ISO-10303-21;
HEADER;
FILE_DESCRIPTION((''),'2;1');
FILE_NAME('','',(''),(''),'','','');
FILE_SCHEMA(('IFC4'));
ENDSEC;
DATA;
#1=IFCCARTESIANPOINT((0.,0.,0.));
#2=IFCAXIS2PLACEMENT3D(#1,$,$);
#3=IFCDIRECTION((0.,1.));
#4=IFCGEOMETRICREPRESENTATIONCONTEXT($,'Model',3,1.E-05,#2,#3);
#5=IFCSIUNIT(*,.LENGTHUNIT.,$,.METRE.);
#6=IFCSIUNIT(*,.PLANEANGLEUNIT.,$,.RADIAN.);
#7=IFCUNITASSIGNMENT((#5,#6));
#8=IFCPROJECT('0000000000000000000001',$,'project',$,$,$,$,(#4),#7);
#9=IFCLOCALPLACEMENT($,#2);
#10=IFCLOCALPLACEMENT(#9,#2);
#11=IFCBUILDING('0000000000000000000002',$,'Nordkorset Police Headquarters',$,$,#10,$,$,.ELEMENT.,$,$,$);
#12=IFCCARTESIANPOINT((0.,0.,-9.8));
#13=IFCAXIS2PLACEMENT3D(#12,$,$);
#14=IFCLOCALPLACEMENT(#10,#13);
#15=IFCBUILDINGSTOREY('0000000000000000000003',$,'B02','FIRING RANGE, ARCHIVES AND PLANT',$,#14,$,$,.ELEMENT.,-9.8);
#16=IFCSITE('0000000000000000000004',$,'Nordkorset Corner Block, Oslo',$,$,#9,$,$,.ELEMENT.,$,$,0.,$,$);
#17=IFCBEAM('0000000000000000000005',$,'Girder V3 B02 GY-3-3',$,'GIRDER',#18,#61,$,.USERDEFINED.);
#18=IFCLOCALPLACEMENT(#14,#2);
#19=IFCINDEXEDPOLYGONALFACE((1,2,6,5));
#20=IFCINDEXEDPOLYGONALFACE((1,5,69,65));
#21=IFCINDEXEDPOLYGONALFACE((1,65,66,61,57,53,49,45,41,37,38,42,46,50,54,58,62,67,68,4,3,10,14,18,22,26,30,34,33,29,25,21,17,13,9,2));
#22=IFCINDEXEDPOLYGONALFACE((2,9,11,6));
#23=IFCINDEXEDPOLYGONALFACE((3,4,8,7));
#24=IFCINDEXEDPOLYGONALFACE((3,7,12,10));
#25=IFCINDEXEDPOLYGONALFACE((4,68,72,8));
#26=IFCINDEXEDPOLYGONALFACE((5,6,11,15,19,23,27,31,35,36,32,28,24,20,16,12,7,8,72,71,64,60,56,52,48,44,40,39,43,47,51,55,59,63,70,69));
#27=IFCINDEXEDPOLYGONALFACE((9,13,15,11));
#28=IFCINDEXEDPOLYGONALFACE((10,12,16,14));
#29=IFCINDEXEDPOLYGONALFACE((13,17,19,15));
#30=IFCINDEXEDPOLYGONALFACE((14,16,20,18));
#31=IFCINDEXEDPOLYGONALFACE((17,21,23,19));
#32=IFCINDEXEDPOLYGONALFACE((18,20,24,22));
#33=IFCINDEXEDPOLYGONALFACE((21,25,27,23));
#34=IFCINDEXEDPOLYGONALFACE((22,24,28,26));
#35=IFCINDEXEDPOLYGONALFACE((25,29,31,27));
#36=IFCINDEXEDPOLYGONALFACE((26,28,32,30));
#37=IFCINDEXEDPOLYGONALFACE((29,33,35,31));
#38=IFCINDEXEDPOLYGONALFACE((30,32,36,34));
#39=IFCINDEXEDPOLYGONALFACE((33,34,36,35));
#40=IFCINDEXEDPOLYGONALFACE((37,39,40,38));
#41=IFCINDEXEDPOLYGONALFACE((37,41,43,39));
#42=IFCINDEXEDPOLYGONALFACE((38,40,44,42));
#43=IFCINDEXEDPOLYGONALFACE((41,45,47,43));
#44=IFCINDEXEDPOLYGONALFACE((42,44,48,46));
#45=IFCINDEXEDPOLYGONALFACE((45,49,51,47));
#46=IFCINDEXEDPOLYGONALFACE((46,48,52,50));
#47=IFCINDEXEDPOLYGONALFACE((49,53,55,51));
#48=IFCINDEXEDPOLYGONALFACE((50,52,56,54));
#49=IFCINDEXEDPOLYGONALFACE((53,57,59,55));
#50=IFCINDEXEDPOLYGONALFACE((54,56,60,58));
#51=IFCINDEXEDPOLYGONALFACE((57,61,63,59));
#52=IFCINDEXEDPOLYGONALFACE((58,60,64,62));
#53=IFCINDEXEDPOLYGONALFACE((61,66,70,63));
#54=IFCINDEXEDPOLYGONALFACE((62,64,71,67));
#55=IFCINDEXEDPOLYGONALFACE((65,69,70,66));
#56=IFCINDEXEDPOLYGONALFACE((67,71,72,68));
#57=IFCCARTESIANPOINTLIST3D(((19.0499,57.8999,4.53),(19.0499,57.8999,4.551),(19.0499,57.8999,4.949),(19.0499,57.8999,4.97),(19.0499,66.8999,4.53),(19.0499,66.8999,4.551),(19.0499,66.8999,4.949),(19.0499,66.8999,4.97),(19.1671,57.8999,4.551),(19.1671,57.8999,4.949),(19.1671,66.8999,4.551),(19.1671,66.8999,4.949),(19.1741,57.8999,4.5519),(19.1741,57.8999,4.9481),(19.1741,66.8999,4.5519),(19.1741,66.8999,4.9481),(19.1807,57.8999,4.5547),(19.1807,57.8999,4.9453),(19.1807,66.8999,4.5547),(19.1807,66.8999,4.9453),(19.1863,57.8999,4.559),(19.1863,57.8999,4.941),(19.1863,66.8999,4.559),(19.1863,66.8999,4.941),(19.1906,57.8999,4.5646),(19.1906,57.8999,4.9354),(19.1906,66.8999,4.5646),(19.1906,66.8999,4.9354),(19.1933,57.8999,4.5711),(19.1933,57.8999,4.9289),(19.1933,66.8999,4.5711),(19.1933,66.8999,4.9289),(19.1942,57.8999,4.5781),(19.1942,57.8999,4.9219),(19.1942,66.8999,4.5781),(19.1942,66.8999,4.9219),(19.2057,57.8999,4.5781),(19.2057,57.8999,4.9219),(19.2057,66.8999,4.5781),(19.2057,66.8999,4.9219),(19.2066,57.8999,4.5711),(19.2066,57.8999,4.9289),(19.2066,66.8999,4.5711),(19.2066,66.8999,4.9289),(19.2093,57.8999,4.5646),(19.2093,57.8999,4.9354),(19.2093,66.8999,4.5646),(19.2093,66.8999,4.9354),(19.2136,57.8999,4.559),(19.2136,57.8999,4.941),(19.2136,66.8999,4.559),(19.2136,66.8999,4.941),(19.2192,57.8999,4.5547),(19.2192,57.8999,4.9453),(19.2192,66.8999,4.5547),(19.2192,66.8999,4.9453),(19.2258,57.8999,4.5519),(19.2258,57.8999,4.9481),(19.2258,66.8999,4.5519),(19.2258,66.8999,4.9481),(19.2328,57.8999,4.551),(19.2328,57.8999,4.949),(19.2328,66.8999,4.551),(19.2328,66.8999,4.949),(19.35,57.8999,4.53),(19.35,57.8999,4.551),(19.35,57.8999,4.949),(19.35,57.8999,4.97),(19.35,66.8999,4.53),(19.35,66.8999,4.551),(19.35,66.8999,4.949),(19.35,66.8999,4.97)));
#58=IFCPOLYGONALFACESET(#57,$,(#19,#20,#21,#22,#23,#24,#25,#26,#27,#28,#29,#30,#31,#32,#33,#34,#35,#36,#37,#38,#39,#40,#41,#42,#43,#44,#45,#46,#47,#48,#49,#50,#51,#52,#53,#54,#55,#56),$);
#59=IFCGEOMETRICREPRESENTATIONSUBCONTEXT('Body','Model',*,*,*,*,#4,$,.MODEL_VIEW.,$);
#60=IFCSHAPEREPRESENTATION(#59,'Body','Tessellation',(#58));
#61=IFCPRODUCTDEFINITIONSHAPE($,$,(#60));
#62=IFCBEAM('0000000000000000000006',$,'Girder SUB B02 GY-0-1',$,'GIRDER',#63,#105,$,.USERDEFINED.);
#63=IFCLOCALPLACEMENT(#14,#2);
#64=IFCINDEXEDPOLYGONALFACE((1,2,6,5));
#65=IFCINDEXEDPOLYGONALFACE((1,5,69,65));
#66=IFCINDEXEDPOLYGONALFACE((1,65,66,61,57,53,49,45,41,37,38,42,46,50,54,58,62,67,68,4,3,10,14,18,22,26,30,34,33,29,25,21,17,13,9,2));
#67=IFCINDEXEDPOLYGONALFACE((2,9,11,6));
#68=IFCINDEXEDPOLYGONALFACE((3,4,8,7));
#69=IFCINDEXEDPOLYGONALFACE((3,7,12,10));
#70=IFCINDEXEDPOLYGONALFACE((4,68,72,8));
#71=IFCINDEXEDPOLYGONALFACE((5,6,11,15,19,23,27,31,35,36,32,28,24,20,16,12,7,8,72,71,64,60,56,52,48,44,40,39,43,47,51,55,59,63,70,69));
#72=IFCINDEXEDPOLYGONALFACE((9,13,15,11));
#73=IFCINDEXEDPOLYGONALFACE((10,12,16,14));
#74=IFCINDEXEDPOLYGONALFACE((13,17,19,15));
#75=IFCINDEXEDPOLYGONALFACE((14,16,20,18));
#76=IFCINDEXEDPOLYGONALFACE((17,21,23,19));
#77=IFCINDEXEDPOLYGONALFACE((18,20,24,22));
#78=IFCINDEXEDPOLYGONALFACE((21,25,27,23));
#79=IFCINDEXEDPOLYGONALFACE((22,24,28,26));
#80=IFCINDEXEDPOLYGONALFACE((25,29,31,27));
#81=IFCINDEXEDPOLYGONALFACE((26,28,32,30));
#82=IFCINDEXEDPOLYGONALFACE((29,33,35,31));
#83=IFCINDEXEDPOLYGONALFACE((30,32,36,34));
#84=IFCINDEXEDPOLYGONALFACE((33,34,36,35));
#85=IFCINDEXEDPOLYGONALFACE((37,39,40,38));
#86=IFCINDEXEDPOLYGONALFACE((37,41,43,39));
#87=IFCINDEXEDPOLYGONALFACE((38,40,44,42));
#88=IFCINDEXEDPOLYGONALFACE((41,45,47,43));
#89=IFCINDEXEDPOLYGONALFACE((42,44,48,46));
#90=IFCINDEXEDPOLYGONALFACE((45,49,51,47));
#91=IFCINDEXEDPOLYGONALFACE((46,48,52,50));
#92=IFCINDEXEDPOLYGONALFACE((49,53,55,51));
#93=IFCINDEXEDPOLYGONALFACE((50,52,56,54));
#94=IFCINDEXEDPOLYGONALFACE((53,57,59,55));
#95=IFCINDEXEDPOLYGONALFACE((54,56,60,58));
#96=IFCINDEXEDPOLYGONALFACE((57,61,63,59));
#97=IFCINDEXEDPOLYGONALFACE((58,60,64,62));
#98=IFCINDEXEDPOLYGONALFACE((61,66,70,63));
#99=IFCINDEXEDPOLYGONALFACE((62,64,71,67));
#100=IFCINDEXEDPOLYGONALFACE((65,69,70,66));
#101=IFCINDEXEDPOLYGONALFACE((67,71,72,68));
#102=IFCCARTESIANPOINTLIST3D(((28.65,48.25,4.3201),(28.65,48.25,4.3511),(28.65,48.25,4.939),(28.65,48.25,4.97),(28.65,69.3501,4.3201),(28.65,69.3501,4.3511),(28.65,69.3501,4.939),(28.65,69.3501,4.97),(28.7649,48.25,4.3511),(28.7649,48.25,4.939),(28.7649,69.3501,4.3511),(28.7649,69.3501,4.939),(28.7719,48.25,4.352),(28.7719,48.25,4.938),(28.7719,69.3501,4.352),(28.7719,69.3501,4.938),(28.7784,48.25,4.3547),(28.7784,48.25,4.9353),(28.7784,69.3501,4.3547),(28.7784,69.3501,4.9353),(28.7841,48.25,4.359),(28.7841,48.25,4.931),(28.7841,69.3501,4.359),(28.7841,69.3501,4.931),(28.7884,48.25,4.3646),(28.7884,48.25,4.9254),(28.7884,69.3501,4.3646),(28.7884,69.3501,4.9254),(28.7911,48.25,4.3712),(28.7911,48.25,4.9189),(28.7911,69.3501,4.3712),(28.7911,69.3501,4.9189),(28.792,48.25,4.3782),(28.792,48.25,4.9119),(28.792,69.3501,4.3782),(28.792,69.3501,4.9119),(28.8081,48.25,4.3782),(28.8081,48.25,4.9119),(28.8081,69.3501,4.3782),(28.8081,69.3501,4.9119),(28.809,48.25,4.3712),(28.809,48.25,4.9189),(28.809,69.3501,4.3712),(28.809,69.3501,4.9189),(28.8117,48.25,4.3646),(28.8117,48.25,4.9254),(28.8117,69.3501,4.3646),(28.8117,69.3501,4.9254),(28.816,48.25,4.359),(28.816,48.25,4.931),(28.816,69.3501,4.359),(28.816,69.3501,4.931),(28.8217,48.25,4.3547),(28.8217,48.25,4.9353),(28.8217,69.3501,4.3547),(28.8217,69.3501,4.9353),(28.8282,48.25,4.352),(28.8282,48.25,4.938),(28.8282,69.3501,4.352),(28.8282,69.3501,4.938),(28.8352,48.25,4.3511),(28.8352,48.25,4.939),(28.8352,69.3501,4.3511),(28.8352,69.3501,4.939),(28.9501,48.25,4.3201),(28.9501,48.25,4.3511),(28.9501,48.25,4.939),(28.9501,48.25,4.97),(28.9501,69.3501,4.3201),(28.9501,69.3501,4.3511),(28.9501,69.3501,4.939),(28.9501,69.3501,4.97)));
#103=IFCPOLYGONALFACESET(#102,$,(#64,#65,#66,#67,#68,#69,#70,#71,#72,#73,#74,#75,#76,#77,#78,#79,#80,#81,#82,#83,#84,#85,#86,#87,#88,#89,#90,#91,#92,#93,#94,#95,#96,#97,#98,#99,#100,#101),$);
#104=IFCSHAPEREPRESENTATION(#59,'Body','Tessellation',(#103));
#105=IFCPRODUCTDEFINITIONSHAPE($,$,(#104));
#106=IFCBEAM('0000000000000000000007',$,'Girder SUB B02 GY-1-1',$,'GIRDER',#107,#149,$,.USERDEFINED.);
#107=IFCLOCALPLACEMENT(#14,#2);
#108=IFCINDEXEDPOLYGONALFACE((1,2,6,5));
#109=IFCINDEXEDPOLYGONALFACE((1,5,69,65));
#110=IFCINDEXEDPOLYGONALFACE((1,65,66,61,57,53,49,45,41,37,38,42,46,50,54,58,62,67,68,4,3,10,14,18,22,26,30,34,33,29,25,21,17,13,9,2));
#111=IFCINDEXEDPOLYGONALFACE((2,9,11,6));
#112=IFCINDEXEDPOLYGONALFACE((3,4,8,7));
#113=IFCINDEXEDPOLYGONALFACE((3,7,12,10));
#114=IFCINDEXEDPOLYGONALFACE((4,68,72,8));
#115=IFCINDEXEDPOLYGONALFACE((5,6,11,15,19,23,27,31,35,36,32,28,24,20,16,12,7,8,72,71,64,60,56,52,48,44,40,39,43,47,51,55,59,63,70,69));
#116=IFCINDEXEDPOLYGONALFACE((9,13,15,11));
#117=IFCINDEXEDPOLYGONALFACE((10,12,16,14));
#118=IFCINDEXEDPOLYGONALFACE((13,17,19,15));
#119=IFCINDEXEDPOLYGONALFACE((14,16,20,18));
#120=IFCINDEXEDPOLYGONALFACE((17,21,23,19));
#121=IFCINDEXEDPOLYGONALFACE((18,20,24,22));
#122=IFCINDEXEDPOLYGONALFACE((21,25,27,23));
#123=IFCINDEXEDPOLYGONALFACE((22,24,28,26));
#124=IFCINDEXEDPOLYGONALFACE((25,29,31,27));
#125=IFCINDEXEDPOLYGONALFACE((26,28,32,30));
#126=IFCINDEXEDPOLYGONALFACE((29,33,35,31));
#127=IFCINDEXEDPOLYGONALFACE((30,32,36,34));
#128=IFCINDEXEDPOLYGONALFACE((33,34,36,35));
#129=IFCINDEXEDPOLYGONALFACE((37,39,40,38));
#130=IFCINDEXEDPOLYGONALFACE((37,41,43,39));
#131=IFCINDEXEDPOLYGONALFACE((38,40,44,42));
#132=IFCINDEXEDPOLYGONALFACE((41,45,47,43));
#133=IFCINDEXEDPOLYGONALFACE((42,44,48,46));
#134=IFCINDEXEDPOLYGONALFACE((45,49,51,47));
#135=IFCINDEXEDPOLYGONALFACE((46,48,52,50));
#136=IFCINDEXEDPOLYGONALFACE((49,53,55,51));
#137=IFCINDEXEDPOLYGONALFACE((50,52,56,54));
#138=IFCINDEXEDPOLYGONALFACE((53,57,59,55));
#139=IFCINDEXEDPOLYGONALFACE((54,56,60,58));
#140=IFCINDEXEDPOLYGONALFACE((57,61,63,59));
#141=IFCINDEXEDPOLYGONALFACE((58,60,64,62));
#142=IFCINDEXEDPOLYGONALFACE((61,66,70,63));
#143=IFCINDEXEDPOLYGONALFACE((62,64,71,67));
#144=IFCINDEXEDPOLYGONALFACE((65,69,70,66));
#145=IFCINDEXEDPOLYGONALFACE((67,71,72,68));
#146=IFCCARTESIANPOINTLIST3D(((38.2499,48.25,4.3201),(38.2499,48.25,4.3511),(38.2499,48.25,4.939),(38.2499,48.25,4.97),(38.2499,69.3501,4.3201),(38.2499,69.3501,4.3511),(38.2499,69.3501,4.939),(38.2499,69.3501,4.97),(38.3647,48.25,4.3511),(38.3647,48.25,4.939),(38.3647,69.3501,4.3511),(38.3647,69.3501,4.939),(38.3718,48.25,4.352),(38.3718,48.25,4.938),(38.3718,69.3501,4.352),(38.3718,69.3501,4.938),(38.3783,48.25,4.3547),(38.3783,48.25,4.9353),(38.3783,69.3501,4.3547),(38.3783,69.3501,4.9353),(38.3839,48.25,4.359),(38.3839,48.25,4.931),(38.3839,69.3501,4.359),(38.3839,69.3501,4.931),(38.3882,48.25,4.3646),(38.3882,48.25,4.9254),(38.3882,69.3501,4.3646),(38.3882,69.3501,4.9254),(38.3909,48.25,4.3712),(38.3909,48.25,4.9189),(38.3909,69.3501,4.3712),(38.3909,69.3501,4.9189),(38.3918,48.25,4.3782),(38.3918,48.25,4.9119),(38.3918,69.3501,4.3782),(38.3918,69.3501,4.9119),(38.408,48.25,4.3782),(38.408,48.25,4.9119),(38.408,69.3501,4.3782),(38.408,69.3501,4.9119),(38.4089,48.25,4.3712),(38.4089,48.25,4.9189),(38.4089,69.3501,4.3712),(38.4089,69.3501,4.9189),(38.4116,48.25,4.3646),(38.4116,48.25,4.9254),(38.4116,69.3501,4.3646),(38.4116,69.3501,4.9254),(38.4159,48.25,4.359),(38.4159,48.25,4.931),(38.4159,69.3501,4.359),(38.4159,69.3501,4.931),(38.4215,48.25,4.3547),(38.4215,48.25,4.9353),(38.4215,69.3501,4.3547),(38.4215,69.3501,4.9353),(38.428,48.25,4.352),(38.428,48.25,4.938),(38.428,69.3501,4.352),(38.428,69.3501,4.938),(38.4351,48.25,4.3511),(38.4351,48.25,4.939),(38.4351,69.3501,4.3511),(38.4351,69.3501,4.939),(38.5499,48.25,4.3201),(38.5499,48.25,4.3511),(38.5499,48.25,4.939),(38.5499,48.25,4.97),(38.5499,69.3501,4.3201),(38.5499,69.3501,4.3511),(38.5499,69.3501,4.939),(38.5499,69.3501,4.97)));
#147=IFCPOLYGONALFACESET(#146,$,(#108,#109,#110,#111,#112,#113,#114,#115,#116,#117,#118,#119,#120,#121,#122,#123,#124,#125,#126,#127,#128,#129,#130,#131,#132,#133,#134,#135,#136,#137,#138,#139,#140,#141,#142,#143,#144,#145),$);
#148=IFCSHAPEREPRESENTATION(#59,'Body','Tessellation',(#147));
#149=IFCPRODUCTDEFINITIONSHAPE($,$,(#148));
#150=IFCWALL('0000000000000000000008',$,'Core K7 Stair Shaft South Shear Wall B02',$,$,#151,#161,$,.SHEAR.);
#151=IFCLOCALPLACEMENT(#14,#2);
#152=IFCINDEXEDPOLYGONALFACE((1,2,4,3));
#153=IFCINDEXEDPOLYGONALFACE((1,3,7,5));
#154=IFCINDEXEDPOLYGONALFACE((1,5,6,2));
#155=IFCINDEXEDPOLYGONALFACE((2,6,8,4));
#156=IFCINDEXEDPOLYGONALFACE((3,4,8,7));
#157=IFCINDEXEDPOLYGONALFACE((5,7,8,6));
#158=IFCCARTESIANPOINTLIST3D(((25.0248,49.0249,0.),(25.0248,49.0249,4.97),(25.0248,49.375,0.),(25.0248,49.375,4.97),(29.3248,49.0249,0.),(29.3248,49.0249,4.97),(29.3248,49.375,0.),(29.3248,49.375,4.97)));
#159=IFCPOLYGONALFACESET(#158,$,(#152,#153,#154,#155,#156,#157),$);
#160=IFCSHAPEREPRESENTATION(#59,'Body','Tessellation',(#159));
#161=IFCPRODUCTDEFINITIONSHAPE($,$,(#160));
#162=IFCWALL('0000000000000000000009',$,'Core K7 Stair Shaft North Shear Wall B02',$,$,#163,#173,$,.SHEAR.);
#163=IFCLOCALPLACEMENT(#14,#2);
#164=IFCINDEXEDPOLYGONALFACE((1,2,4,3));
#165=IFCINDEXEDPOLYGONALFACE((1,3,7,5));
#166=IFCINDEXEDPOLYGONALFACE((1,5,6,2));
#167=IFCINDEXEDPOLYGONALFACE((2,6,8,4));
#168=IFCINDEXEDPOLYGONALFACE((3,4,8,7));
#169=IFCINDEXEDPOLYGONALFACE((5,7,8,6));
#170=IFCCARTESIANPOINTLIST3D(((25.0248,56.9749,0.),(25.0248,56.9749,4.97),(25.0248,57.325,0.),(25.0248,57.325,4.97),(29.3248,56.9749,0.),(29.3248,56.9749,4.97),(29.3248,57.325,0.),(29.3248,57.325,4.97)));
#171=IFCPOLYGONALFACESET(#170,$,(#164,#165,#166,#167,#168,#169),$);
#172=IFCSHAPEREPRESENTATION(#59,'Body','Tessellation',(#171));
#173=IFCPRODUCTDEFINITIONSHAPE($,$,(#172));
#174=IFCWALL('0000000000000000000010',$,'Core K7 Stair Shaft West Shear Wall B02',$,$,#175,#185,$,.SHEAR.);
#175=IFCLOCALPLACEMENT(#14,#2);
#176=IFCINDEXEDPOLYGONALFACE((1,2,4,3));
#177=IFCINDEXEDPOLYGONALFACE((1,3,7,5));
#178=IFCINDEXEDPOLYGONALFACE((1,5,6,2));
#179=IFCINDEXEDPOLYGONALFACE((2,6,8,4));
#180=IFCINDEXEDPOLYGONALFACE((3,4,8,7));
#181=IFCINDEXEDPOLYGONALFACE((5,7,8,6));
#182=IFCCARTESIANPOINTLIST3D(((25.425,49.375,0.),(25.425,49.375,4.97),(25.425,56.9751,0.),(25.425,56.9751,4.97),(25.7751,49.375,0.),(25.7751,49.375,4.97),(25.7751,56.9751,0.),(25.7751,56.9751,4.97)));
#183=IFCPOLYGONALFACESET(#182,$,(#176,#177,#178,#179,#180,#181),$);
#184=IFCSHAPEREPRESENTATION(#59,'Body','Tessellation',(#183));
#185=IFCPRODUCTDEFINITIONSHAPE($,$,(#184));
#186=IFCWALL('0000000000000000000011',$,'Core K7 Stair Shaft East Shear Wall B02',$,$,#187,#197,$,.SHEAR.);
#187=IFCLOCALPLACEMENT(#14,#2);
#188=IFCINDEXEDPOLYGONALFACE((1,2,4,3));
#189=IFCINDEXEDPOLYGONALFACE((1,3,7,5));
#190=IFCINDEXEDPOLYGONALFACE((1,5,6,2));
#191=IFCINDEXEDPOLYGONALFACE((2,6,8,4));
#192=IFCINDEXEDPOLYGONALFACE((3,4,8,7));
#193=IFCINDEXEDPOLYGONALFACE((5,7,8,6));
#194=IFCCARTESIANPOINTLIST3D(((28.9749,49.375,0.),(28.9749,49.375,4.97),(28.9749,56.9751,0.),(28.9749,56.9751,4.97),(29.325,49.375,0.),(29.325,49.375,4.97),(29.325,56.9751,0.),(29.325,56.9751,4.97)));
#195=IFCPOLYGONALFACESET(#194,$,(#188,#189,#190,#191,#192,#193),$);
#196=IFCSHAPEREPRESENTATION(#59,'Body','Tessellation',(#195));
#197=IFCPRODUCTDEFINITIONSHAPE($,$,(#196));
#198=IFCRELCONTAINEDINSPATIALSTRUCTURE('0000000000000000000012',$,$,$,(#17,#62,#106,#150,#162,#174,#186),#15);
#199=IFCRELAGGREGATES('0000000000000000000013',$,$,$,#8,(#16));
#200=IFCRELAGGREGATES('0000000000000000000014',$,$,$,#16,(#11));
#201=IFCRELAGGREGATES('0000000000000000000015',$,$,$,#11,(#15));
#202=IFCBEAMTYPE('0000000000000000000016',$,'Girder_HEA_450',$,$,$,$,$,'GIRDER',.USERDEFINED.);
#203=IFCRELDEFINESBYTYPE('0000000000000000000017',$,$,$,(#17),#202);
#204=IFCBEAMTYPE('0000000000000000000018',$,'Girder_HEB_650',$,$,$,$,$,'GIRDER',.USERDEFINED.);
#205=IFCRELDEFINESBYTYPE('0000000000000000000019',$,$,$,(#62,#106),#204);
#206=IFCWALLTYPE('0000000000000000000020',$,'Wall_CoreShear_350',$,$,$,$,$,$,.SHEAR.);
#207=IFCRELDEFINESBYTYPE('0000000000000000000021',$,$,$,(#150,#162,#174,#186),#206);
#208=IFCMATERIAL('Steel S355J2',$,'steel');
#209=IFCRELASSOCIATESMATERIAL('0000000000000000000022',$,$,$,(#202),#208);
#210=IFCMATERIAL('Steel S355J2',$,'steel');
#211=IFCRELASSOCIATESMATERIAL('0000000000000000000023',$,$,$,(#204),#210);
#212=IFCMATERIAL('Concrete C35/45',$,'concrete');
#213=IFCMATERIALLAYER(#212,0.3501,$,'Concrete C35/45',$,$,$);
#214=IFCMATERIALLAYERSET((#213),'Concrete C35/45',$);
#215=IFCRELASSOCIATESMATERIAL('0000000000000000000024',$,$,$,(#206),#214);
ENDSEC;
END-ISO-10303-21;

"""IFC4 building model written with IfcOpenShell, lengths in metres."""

from ifc_helpers import new_model, si_unit, direction, frame, frame_2d, origin, origin_2d, place, context, subcontext, project, spatial, rectangle, i_section, extrude, material, layer, layer_set, material_profile, profile_set, type_object, element, save


model = new_model("IFC4")

# Units and contexts
model_context = context("Model", 3, precision=1e-05, world=origin(), true_north=direction((0.0, 1.0)))
body_context = subcontext(model_context, "Body", "Model", "MODEL_VIEW")
ifc_project = project(units=[si_unit("LENGTHUNIT", "METRE"), si_unit("PLANEANGLEUNIT", "RADIAN")], contexts=[model_context])

# Site, building, storey
site_placement = place(None, origin())
site = spatial("IfcSite", under=ifc_project, at=site_placement, Name="Nordkorset Corner Block, Oslo", CompositionType="ELEMENT", RefElevation=0.0)
building_placement = place(site_placement, origin())
building = spatial("IfcBuilding", under=site, at=building_placement, Name="Nordkorset Police Headquarters", CompositionType="ELEMENT")
storey_placement = place(building_placement, frame((0.0, 0.0, -9.8)))
storey = spatial("IfcBuildingStorey", under=building, at=storey_placement, Name="B02", Description="FIRING RANGE, ARCHIVES AND PLANT", CompositionType="ELEMENT", Elevation=-9.8)

# Beams
ifc_material_1 = material(Name="Steel S355J2", Category="steel")
ifc_material_profile_1 = material_profile(ifc_material_1, i_section(OverallWidth=0.3, OverallDepth=0.4399, WebThickness=0.0115, FlangeThickness=0.021, FilletRadius=0.0271, at=origin_2d()), Name="HEA 450")
ifc_profile_set_1 = profile_set([ifc_material_profile_1], Name="Steel S355J2")
beam_type_1 = type_object("IfcBeamType", Name="Girder_HEA_450", ElementType="GIRDER", PredefinedType="USERDEFINED", material=ifc_profile_set_1)
for number, where, z_axis, x_axis, name in (
    (1, (19.2, 57.8999, 4.75), (0.0, 1.0, 0.0), (-1.0, 0.0, 0.0), "Girder V3 B02 GY-3-3"),
):
    element("IfcBeam", number, at=place(storey_placement, frame(where, z_axis=z_axis, x_axis=x_axis)), inside=storey, type_object=beam_type_1, Name=name, ObjectType="GIRDER", PredefinedType="USERDEFINED", context=body_context, shape_type="SweptSolid", body=[
        extrude(i_section(OverallWidth=0.3, OverallDepth=0.4399, WebThickness=0.0115, FlangeThickness=0.021, FilletRadius=0.0271, at=origin_2d()), origin(), (0.0, 0.0, 1.0), 9.0),
    ])
ifc_material_2 = material(Name="Steel S355J2", Category="steel")
ifc_material_profile_2 = material_profile(ifc_material_2, i_section(OverallWidth=0.3, OverallDepth=0.6499, WebThickness=0.0161, FlangeThickness=0.031, FilletRadius=0.0271, at=origin_2d()), Name="HEB 650")
ifc_profile_set_2 = profile_set([ifc_material_profile_2], Name="Steel S355J2")
beam_type_2 = type_object("IfcBeamType", Name="Girder_HEB_650", ElementType="GIRDER", PredefinedType="USERDEFINED", material=ifc_profile_set_2)
for number, where, z_axis, x_axis, name in (
    (2, (28.8, 48.25, 4.645), (0.0, 1.0, 0.0), (-1.0, 0.0, 0.0), "Girder SUB B02 GY-0-1"),
    (3, (38.3999, 48.25, 4.645), (0.0, 1.0, 0.0), (-1.0, 0.0, 0.0), "Girder SUB B02 GY-1-1"),
):
    element("IfcBeam", number, at=place(storey_placement, frame(where, z_axis=z_axis, x_axis=x_axis)), inside=storey, type_object=beam_type_2, Name=name, ObjectType="GIRDER", PredefinedType="USERDEFINED", context=body_context, shape_type="SweptSolid", body=[
        extrude(i_section(OverallWidth=0.3, OverallDepth=0.6499, WebThickness=0.0161, FlangeThickness=0.031, FilletRadius=0.0271, at=origin_2d()), origin(), (0.0, 0.0, 1.0), 21.1001),
    ])

# Walls
ifc_material_3 = material(Name="Concrete C35/45", Category="concrete")
ifc_layer_1 = layer(ifc_material_3, 0.3501, Name="Concrete C35/45")
ifc_layer_set_1 = layer_set([ifc_layer_1], Name="Concrete C35/45")
wall_type_1 = type_object("IfcWallType", Name="Wall_CoreShear_350", PredefinedType="SHEAR", material=ifc_layer_set_1)
for number, where, z_axis, x_axis, name in (
    (4, (25.0249, 49.2, 0.0), (0.0, 0.0, 1.0), (1.0, 0.0, 0.0), "Core K7 Stair Shaft South Shear Wall B02"),
    (5, (25.0249, 57.1499, 0.0), (0.0, 0.0, 1.0), (1.0, 0.0, 0.0), "Core K7 Stair Shaft North Shear Wall B02"),
):
    element("IfcWall", number, at=place(storey_placement, frame(where, z_axis=z_axis, x_axis=x_axis)), inside=storey, type_object=wall_type_1, Name=name, PredefinedType="SHEAR", context=body_context, shape_type="SweptSolid", body=[
        extrude(rectangle(XDim=4.3, YDim=0.3501, at=frame_2d((2.1499, 0.0))), origin(), (0.0, 0.0, 1.0), 4.97),
    ])
for number, where, z_axis, x_axis, name in (
    (6, (25.6001, 49.375, 0.0), (0.0, 0.0, 1.0), (0.0, 1.0, 0.0), "Core K7 Stair Shaft West Shear Wall B02"),
    (7, (29.1499, 49.375, 0.0), (0.0, 0.0, 1.0), (0.0, 1.0, 0.0), "Core K7 Stair Shaft East Shear Wall B02"),
):
    element("IfcWall", number, at=place(storey_placement, frame(where, z_axis=z_axis, x_axis=x_axis)), inside=storey, type_object=wall_type_1, Name=name, PredefinedType="SHEAR", context=body_context, shape_type="SweptSolid", body=[
        extrude(rectangle(XDim=7.6001, YDim=0.3501, at=frame_2d((3.8, 0.0))), origin(), (0.0, 0.0, 1.0), 4.97),
    ])

save(model, "model.ifc")
